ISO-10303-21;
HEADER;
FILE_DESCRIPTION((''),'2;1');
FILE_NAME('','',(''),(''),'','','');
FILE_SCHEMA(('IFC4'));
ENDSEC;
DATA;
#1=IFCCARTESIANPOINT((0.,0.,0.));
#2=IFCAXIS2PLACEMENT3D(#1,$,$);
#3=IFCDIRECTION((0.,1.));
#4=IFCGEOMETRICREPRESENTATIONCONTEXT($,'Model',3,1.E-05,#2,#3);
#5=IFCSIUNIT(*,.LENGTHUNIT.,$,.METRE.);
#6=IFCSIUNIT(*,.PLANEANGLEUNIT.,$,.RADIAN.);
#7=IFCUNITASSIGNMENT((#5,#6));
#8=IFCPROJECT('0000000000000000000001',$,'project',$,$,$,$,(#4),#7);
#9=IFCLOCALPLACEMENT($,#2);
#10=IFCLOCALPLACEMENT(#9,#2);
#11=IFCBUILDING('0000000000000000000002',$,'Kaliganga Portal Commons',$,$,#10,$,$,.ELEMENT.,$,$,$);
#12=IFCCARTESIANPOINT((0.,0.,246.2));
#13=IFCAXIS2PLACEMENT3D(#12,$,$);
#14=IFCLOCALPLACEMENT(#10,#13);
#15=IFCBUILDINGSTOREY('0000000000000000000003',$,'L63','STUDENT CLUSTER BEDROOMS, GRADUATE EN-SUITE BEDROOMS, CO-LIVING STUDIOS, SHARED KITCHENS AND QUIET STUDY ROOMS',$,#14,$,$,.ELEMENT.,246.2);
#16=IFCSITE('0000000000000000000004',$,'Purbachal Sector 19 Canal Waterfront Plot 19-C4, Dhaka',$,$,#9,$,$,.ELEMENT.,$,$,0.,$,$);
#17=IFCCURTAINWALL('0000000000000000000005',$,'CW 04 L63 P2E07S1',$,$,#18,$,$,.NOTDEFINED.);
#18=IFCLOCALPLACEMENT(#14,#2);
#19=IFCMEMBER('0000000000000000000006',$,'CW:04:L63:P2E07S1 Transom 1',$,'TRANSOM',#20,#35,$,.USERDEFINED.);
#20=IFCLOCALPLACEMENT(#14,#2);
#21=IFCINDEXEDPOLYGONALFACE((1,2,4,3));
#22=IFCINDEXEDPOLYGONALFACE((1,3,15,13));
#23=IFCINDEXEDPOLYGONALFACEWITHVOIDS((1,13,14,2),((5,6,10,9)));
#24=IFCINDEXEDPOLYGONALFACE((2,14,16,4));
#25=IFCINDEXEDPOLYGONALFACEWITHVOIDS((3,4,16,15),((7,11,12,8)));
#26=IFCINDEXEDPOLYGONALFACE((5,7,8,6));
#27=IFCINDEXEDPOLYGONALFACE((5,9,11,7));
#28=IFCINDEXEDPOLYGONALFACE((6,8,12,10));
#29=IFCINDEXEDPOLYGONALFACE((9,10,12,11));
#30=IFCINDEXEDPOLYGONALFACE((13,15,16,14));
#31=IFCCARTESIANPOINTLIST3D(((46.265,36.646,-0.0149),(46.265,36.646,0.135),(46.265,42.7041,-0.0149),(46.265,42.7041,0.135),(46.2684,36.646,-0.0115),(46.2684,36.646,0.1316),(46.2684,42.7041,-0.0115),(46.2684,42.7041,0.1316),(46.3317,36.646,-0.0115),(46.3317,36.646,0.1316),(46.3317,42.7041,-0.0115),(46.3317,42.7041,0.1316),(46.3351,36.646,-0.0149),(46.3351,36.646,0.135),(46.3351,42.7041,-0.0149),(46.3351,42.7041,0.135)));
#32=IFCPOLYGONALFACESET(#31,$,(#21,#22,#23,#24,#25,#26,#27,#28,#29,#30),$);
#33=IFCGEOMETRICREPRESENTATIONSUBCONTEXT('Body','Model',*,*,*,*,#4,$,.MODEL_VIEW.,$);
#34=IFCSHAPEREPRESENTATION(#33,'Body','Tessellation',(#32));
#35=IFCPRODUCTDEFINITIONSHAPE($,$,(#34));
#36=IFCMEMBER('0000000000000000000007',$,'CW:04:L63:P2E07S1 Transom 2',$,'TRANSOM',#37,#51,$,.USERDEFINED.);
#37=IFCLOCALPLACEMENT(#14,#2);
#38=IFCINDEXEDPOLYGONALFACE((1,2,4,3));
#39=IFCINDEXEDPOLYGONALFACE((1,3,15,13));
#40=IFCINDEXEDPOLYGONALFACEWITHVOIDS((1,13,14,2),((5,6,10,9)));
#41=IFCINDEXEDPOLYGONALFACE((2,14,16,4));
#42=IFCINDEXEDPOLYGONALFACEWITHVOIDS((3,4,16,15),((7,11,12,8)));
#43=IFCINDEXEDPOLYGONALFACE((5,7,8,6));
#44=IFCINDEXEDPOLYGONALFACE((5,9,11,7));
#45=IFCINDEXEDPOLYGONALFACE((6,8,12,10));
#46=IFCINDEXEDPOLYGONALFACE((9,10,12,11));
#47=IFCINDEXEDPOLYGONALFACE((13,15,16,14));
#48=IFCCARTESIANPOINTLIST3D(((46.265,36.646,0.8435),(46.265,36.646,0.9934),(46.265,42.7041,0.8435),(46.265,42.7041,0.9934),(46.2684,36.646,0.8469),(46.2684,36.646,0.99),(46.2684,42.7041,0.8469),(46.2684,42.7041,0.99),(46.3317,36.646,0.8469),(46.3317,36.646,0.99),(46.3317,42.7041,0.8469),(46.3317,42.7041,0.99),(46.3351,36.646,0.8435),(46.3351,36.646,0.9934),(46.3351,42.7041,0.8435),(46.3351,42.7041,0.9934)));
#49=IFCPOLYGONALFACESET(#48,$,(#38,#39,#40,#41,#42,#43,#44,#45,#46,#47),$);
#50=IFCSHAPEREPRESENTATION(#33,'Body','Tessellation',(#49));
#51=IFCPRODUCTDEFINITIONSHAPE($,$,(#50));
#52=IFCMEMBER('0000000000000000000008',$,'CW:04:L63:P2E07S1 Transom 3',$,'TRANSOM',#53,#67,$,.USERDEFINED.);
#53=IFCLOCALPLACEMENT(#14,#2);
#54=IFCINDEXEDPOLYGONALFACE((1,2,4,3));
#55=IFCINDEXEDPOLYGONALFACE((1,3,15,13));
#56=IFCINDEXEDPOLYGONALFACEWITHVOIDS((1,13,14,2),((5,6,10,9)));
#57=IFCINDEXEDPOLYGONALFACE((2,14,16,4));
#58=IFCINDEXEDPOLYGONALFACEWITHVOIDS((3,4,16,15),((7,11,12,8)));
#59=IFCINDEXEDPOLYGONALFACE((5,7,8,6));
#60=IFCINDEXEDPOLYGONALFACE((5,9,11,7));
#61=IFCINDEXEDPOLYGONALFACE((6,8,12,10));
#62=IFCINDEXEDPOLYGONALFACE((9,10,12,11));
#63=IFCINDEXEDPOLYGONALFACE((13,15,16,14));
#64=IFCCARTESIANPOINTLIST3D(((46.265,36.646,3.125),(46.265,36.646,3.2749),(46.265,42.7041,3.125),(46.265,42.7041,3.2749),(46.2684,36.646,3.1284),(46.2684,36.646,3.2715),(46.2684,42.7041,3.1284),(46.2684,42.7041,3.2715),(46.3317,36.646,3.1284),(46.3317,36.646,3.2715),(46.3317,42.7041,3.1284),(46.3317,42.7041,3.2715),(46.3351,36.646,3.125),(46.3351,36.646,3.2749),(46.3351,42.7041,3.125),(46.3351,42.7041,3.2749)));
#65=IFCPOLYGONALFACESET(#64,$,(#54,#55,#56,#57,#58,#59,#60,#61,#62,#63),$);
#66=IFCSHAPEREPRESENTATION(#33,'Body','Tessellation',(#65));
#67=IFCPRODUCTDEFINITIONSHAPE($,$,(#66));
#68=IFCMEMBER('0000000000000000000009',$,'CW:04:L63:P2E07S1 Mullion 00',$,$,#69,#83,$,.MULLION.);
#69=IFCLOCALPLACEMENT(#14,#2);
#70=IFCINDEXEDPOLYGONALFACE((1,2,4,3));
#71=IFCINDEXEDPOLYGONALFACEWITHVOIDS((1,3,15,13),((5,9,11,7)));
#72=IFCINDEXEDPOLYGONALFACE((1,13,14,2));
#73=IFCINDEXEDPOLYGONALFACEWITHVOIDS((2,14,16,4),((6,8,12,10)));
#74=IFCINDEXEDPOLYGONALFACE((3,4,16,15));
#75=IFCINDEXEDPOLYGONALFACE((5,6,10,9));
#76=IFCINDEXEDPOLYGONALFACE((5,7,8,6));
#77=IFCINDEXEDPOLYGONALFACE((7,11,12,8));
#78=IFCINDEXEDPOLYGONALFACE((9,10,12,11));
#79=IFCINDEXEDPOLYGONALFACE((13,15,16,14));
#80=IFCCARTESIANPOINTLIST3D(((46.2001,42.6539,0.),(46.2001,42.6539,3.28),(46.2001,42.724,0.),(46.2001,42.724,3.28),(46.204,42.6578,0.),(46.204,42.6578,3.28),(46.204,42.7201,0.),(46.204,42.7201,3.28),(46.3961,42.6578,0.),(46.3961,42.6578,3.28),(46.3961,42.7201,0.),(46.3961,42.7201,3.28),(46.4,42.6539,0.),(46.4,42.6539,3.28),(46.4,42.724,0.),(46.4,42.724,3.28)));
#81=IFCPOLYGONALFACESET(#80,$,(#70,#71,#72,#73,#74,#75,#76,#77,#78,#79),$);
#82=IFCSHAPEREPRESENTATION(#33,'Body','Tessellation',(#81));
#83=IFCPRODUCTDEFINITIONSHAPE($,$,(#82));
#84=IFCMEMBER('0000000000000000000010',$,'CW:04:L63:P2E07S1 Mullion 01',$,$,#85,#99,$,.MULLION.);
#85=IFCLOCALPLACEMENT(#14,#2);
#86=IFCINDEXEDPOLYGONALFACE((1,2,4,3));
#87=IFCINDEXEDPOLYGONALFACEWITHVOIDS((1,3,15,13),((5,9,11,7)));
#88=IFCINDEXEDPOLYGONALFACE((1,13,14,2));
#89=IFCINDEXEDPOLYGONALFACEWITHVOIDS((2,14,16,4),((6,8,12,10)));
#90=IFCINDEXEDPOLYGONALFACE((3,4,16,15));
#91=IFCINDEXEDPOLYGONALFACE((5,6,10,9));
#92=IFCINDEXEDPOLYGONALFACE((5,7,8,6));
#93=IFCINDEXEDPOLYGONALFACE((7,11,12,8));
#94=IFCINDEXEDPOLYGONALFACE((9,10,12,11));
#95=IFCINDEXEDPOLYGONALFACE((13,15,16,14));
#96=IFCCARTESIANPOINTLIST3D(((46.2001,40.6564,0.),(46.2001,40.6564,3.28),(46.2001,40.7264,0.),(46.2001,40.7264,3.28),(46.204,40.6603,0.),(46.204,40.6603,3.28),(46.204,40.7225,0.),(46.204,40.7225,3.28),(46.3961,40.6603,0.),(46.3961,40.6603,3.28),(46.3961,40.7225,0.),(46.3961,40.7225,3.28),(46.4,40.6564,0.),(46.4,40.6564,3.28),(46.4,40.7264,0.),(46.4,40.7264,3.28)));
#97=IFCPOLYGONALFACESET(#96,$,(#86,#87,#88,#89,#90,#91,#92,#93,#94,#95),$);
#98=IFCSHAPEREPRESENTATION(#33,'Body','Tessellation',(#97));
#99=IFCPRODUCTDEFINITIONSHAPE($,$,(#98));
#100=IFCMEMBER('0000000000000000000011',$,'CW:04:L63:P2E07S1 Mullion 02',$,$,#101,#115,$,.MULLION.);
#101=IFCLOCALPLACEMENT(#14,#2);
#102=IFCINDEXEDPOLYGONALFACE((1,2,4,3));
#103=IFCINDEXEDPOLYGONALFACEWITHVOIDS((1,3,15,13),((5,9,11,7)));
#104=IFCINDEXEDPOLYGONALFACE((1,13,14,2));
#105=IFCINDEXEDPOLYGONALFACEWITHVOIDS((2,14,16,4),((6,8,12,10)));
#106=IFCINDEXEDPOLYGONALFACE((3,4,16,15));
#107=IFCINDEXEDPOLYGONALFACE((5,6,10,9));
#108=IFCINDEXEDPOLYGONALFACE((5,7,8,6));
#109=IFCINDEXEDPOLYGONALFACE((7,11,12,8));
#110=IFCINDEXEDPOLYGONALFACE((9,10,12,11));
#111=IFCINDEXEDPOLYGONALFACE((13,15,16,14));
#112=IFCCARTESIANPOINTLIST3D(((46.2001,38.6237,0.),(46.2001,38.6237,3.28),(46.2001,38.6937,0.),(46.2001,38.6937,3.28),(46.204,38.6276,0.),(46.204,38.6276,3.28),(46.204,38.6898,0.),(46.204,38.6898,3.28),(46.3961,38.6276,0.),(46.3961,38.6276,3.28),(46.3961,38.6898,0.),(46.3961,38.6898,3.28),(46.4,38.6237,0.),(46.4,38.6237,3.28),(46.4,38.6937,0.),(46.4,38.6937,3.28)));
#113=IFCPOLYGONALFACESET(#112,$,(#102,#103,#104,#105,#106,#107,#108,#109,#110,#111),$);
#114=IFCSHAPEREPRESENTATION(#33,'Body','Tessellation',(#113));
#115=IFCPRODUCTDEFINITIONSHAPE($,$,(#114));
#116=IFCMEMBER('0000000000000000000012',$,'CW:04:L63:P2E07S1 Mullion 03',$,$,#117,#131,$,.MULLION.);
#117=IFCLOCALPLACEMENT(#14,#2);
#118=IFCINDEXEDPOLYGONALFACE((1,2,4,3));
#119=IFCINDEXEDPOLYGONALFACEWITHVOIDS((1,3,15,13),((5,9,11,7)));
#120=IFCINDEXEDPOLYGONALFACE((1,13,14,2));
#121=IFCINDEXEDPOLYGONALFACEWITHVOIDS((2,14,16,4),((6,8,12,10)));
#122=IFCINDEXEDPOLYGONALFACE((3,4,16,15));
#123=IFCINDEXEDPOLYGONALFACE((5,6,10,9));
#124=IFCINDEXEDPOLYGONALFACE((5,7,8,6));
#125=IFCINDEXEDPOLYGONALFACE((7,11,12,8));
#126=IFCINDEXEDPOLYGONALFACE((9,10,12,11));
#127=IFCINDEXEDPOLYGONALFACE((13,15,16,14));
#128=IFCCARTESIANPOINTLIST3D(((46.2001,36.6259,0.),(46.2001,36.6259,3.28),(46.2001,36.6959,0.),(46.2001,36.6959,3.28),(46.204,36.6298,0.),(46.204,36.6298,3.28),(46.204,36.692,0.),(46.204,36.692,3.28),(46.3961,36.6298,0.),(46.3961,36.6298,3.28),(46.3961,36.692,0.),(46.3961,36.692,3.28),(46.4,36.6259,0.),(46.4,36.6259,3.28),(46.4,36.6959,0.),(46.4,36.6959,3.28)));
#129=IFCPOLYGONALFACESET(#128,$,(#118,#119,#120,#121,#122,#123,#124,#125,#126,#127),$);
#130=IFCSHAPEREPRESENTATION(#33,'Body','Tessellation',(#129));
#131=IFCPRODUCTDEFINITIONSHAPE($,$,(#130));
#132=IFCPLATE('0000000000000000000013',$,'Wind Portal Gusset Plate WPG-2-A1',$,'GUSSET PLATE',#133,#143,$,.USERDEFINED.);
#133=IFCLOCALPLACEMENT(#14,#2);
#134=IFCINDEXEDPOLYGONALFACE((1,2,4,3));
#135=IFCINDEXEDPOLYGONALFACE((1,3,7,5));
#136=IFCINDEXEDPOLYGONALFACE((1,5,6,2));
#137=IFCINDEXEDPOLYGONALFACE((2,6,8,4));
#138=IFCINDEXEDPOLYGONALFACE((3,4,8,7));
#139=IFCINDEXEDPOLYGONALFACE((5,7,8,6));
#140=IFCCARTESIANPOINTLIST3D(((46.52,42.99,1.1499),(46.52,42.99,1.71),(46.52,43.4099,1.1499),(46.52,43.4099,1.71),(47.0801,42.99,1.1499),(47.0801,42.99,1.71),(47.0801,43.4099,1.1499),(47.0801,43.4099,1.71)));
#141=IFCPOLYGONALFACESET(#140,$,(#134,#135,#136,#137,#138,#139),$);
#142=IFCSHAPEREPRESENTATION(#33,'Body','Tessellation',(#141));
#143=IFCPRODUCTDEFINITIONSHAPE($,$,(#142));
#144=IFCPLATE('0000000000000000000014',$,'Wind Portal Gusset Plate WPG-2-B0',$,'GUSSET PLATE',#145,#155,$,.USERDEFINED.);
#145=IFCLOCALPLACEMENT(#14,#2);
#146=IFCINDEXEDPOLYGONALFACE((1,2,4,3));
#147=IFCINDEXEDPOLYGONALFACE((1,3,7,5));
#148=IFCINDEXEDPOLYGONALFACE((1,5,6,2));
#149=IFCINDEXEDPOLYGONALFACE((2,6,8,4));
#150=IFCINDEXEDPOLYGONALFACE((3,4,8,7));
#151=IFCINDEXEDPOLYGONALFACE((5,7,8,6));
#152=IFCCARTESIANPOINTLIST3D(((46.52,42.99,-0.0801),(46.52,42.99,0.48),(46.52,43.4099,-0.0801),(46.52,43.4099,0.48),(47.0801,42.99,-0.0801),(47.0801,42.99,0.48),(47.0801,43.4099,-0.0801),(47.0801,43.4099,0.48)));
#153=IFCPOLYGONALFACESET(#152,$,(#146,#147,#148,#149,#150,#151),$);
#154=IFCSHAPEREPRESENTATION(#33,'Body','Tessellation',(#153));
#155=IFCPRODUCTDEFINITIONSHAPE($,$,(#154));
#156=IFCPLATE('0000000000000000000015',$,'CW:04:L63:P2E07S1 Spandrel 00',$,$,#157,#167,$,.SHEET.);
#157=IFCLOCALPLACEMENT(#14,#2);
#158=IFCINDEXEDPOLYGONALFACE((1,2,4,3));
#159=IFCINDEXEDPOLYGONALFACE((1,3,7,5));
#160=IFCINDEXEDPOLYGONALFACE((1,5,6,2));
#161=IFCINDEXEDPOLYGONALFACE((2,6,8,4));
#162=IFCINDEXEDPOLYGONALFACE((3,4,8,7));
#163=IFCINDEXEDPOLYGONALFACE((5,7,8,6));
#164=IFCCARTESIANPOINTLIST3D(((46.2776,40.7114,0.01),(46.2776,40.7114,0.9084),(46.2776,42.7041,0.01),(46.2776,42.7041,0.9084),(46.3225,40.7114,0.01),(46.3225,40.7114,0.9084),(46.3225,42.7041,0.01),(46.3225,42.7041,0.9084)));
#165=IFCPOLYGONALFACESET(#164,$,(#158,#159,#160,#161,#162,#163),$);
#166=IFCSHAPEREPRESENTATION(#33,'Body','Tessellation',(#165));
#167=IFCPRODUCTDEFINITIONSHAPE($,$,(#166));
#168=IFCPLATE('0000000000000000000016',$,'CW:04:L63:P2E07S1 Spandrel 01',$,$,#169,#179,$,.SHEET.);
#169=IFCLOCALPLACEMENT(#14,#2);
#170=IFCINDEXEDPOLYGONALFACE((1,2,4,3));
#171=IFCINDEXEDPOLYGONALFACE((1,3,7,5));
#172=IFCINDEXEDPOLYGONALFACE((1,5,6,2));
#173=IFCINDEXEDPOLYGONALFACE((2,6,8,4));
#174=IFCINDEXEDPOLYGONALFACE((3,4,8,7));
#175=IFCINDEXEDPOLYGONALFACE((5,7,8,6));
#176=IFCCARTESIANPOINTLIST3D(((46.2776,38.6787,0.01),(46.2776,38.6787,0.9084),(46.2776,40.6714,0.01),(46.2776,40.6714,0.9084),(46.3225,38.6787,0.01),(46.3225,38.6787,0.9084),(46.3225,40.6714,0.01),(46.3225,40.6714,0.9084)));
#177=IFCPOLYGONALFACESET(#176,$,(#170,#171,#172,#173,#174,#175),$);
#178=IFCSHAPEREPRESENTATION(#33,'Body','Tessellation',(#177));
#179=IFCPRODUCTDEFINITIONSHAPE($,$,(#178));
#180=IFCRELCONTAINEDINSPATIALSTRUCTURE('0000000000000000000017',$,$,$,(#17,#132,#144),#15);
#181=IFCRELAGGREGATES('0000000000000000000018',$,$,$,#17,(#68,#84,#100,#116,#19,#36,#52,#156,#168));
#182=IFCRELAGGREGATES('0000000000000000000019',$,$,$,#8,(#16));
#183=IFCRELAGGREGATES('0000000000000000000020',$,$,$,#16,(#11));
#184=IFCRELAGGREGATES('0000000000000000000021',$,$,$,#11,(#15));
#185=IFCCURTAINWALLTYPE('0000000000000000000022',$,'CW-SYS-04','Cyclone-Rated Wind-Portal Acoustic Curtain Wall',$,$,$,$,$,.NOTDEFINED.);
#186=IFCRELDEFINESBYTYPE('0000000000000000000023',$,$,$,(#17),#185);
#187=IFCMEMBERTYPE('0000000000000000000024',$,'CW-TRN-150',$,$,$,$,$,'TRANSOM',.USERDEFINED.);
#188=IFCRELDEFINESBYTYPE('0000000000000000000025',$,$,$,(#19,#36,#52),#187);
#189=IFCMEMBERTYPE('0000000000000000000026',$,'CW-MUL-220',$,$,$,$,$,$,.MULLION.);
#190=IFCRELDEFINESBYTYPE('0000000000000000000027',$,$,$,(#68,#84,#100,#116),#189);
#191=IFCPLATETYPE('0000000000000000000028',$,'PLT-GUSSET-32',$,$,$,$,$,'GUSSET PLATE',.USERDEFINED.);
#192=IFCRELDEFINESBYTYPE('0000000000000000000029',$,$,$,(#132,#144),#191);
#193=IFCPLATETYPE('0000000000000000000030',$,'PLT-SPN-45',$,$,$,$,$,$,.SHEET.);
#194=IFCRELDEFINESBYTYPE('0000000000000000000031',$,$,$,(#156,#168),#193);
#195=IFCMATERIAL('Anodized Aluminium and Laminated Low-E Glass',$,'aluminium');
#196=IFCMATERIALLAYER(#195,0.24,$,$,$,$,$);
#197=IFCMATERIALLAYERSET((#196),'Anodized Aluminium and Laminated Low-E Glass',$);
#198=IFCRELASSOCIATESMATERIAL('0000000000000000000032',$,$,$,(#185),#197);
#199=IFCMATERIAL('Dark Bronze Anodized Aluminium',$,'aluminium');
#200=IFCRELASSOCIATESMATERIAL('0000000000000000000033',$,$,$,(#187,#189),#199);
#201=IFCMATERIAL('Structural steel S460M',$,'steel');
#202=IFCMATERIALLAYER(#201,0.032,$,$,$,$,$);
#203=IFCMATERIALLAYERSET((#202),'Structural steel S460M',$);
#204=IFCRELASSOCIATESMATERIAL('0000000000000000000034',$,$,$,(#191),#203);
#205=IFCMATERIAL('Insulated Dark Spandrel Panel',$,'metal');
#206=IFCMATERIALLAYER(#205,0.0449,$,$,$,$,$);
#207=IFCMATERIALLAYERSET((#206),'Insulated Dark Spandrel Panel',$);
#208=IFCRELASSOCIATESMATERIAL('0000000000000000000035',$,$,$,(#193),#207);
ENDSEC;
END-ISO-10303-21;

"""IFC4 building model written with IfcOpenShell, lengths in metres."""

from ifc_helpers import new_model, si_unit, direction, frame, origin, origin_2d, place, context, subcontext, project, spatial, rectangle, hollow_rectangle, extrude, source, transform, mapped, material, layer, layer_set, material_profile, profile_set, type_object, element, aggregate, save


model = new_model("IFC4")

# Units and contexts
model_context = context("Model", 3, precision=1e-05, world=origin(), true_north=direction((0.0, 1.0)))
body_context = subcontext(model_context, "Body", "Model", "MODEL_VIEW")
ifc_project = project(units=[si_unit("LENGTHUNIT", "METRE"), si_unit("PLANEANGLEUNIT", "RADIAN")], contexts=[model_context])

# Site, building, storey
site_placement = place(None, origin())
site = spatial("IfcSite", under=ifc_project, at=site_placement, Name="Purbachal Sector 19 Canal Waterfront Plot 19-C4, Dhaka", CompositionType="ELEMENT", RefElevation=0.0)
building_placement = place(site_placement, origin())
building = spatial("IfcBuilding", under=site, at=building_placement, Name="Kaliganga Portal Commons", CompositionType="ELEMENT")
storey_placement = place(building_placement, frame((0.0, 0.0, 246.2)))
storey = spatial("IfcBuildingStorey", under=building, at=storey_placement, Name="L63", Description="STUDENT CLUSTER BEDROOMS, GRADUATE EN-SUITE BEDROOMS, CO-LIVING STUDIOS, SHARED KITCHENS AND QUIET STUDY ROOMS", CompositionType="ELEMENT", Elevation=246.2)

# Shared definitions
ifc_material_1 = material(Name="Structural steel S460M", Category="steel")

# Curtain wall, members
ifc_material_2 = material(Name="Anodized Aluminium and Laminated Low-E Glass", Category="aluminium")
ifc_layer_1 = layer(ifc_material_2, 0.24)
ifc_layer_set_1 = layer_set([ifc_layer_1], Name="Anodized Aluminium and Laminated Low-E Glass")
curtain_wall_type = type_object("IfcCurtainWallType", Name="CW-SYS-04", Description="Cyclone-Rated Wind-Portal Acoustic Curtain Wall", PredefinedType="NOTDEFINED", material=ifc_layer_set_1)
curtain_wall_placement = place(storey_placement, origin())
curtain_wall = element("IfcCurtainWall", 1, at=curtain_wall_placement, inside=storey, type_object=curtain_wall_type, Name="CW 04 L63 P2E07S1", PredefinedType="NOTDEFINED")
ifc_material_3 = material(Name="Dark Bronze Anodized Aluminium", Category="aluminium")
ifc_material_profile_1 = material_profile(ifc_material_3, hollow_rectangle(XDim=0.0701, YDim=0.1499, WallThickness=0.0034, at=origin_2d()), Name="ALU TRAN 70x150x3.5")
ifc_profile_set_1 = profile_set([ifc_material_profile_1], Name="Dark Bronze Anodized Aluminium")
member_type_1 = type_object("IfcMemberType", Name="CW-TRN-150", ElementType="TRANSOM", PredefinedType="USERDEFINED", material=ifc_profile_set_1)
shared_shape_1 = source(origin(), body_context, "Body", "SweptSolid", [
    extrude(hollow_rectangle(XDim=0.0701, YDim=0.1499, WallThickness=0.0034, at=origin_2d()), origin(), (0.0, 0.0, 1.0), 6.0581),
])
member_1_placement = place(storey_placement, frame((46.3, 42.7041, 0.0601), z_axis=(0.0, -1.0, 0.0), x_axis=(1.0, 0.0, 0.0)))
member_1 = element("IfcMember", 2, at=member_1_placement, type_object=member_type_1, Name="CW:04:L63:P2E07S1 Transom 1", ObjectType="TRANSOM", PredefinedType="USERDEFINED", context=body_context, shape_type="MappedRepresentation", body=[
    mapped(shared_shape_1, transform((0.0, 0.0, 0.0), x_axis=(1.0, 0.0, 0.0), y_axis=(0.0, 1.0, 0.0), z_axis=(0.0, 0.0, 1.0), scale=1.0)),
])
member_2_placement = place(storey_placement, frame((46.3, 42.7041, 0.9185), z_axis=(0.0, -1.0, 0.0), x_axis=(1.0, 0.0, 0.0)))
member_2 = element("IfcMember", 3, at=member_2_placement, type_object=member_type_1, Name="CW:04:L63:P2E07S1 Transom 2", ObjectType="TRANSOM", PredefinedType="USERDEFINED", context=body_context, shape_type="MappedRepresentation", body=[
    mapped(shared_shape_1, transform((0.0, 0.0, 0.0), x_axis=(1.0, 0.0, 0.0), y_axis=(0.0, 1.0, 0.0), z_axis=(0.0, 0.0, 1.0), scale=1.0)),
])
member_3_placement = place(storey_placement, frame((46.3, 42.7041, 3.2), z_axis=(0.0, -1.0, 0.0), x_axis=(1.0, 0.0, 0.0)))
member_3 = element("IfcMember", 4, at=member_3_placement, type_object=member_type_1, Name="CW:04:L63:P2E07S1 Transom 3", ObjectType="TRANSOM", PredefinedType="USERDEFINED", context=body_context, shape_type="MappedRepresentation", body=[
    mapped(shared_shape_1, transform((0.0, 0.0, 0.0), x_axis=(1.0, 0.0, 0.0), y_axis=(0.0, 1.0, 0.0), z_axis=(0.0, 0.0, 1.0), scale=1.0)),
])
ifc_material_profile_2 = material_profile(ifc_material_3, hollow_rectangle(XDim=0.0701, YDim=0.2, WallThickness=0.0039, at=origin_2d()), Name="ALU MULL 70x200x4")
ifc_profile_set_2 = profile_set([ifc_material_profile_2], Name="Dark Bronze Anodized Aluminium")
member_type_2 = type_object("IfcMemberType", Name="CW-MUL-220", PredefinedType="MULLION", material=ifc_profile_set_2)
shared_shape_2 = source(origin(), body_context, "Body", "SweptSolid", [
    extrude(hollow_rectangle(XDim=0.0701, YDim=0.2, WallThickness=0.0039, at=origin_2d()), origin(), (0.0, 0.0, 1.0), 3.28),
])
member_4_placement = place(storey_placement, frame((46.3, 42.689, 0.0), z_axis=(0.0, 0.0, 1.0), x_axis=(0.0, -1.0, 0.0)))
member_4 = element("IfcMember", 5, at=member_4_placement, type_object=member_type_2, Name="CW:04:L63:P2E07S1 Mullion 00", PredefinedType="MULLION", context=body_context, shape_type="MappedRepresentation", body=[
    mapped(shared_shape_2, transform((0.0, 0.0, 0.0), x_axis=(1.0, 0.0, 0.0), y_axis=(0.0, 1.0, 0.0), z_axis=(0.0, 0.0, 1.0), scale=1.0)),
])
member_5_placement = place(storey_placement, frame((46.3, 40.6914, 0.0), z_axis=(0.0, 0.0, 1.0), x_axis=(0.0, -1.0, 0.0)))
member_5 = element("IfcMember", 6, at=member_5_placement, type_object=member_type_2, Name="CW:04:L63:P2E07S1 Mullion 01", PredefinedType="MULLION", context=body_context, shape_type="MappedRepresentation", body=[
    mapped(shared_shape_2, transform((0.0, 0.0, 0.0), x_axis=(1.0, 0.0, 0.0), y_axis=(0.0, 1.0, 0.0), z_axis=(0.0, 0.0, 1.0), scale=1.0)),
])
member_6_placement = place(storey_placement, frame((46.3, 38.6587, 0.0), z_axis=(0.0, 0.0, 1.0), x_axis=(0.0, -1.0, 0.0)))
member_6 = element("IfcMember", 7, at=member_6_placement, type_object=member_type_2, Name="CW:04:L63:P2E07S1 Mullion 02", PredefinedType="MULLION", context=body_context, shape_type="MappedRepresentation", body=[
    mapped(shared_shape_2, transform((0.0, 0.0, 0.0), x_axis=(1.0, 0.0, 0.0), y_axis=(0.0, 1.0, 0.0), z_axis=(0.0, 0.0, 1.0), scale=1.0)),
])
member_7_placement = place(storey_placement, frame((46.3, 36.6609, 0.0), z_axis=(0.0, 0.0, 1.0), x_axis=(0.0, -1.0, 0.0)))
member_7 = element("IfcMember", 8, at=member_7_placement, type_object=member_type_2, Name="CW:04:L63:P2E07S1 Mullion 03", PredefinedType="MULLION", context=body_context, shape_type="MappedRepresentation", body=[
    mapped(shared_shape_2, transform((0.0, 0.0, 0.0), x_axis=(1.0, 0.0, 0.0), y_axis=(0.0, 1.0, 0.0), z_axis=(0.0, 0.0, 1.0), scale=1.0)),
])

# Plates
ifc_layer_2 = layer(ifc_material_1, 0.032)
ifc_layer_set_2 = layer_set([ifc_layer_2], Name="Structural steel S460M")
plate_type_1 = type_object("IfcPlateType", Name="PLT-GUSSET-32", ElementType="GUSSET PLATE", PredefinedType="USERDEFINED", material=ifc_layer_set_2)
shared_shape_3 = source(origin(), body_context, "Body", "SweptSolid", [
    extrude(rectangle(XDim=0.5601, YDim=0.4199, at=origin_2d()), origin(), (0.0, 0.0, 1.0), 0.5601),
])
for number, where, z_axis, x_axis, name in (
    (9, (46.8, 43.2, 1.1499), (0.0, 0.0, 1.0), (1.0, 0.0, 0.0), "Wind Portal Gusset Plate WPG-2-A1"),
    (10, (46.8, 43.2, -0.0801), (0.0, 0.0, 1.0), (1.0, 0.0, 0.0), "Wind Portal Gusset Plate WPG-2-B0"),
):
    element("IfcPlate", number, at=place(storey_placement, frame(where, z_axis=z_axis, x_axis=x_axis)), inside=storey, type_object=plate_type_1, Name=name, ObjectType="GUSSET PLATE", PredefinedType="USERDEFINED", context=body_context, shape_type="MappedRepresentation", body=[
        mapped(shared_shape_3, transform((0.0, 0.0, 0.0), x_axis=(1.0, 0.0, 0.0), y_axis=(0.0, 1.0, 0.0), z_axis=(0.0, 0.0, 1.0), scale=1.0)),
    ])

# Plates
ifc_material_4 = material(Name="Insulated Dark Spandrel Panel", Category="metal")
ifc_layer_3 = layer(ifc_material_4, 0.0449)
ifc_layer_set_3 = layer_set([ifc_layer_3], Name="Insulated Dark Spandrel Panel")
plate_type_2 = type_object("IfcPlateType", Name="PLT-SPN-45", PredefinedType="SHEET", material=ifc_layer_set_3)
shared_shape_4 = source(origin(), body_context, "Body", "SweptSolid", [
    extrude(rectangle(XDim=1.9927, YDim=0.0449, at=origin_2d()), origin(), (0.0, 0.0, 1.0), 0.8984),
])
plate_1_placement = place(storey_placement, frame((46.3, 41.7078, 0.01), z_axis=(0.0, 0.0, 1.0), x_axis=(0.0, -1.0, 0.0)))
plate_1 = element("IfcPlate", 11, at=plate_1_placement, type_object=plate_type_2, Name="CW:04:L63:P2E07S1 Spandrel 00", PredefinedType="SHEET", context=body_context, shape_type="MappedRepresentation", body=[
    mapped(shared_shape_4, transform((0.0, 0.0, 0.0), x_axis=(1.0, 0.0, 0.0), y_axis=(0.0, 1.0, 0.0), z_axis=(0.0, 0.0, 1.0), scale=1.0)),
])
plate_2_placement = place(storey_placement, frame((46.3, 39.675, 0.01), z_axis=(0.0, 0.0, 1.0), x_axis=(0.0, -1.0, 0.0)))
plate_2 = element("IfcPlate", 12, at=plate_2_placement, type_object=plate_type_2, Name="CW:04:L63:P2E07S1 Spandrel 01", PredefinedType="SHEET", context=body_context, shape_type="MappedRepresentation", body=[
    mapped(shared_shape_4, transform((0.0, 0.0, 0.0), x_axis=(1.0, 0.0, 0.0), y_axis=(0.0, 1.0, 0.0), z_axis=(0.0, 0.0, 1.0), scale=1.0)),
])
aggregate(curtain_wall, [member_4, member_5, member_6, member_7, member_1, member_2, member_3, plate_1, plate_2])

save(model, "model.ifc")
